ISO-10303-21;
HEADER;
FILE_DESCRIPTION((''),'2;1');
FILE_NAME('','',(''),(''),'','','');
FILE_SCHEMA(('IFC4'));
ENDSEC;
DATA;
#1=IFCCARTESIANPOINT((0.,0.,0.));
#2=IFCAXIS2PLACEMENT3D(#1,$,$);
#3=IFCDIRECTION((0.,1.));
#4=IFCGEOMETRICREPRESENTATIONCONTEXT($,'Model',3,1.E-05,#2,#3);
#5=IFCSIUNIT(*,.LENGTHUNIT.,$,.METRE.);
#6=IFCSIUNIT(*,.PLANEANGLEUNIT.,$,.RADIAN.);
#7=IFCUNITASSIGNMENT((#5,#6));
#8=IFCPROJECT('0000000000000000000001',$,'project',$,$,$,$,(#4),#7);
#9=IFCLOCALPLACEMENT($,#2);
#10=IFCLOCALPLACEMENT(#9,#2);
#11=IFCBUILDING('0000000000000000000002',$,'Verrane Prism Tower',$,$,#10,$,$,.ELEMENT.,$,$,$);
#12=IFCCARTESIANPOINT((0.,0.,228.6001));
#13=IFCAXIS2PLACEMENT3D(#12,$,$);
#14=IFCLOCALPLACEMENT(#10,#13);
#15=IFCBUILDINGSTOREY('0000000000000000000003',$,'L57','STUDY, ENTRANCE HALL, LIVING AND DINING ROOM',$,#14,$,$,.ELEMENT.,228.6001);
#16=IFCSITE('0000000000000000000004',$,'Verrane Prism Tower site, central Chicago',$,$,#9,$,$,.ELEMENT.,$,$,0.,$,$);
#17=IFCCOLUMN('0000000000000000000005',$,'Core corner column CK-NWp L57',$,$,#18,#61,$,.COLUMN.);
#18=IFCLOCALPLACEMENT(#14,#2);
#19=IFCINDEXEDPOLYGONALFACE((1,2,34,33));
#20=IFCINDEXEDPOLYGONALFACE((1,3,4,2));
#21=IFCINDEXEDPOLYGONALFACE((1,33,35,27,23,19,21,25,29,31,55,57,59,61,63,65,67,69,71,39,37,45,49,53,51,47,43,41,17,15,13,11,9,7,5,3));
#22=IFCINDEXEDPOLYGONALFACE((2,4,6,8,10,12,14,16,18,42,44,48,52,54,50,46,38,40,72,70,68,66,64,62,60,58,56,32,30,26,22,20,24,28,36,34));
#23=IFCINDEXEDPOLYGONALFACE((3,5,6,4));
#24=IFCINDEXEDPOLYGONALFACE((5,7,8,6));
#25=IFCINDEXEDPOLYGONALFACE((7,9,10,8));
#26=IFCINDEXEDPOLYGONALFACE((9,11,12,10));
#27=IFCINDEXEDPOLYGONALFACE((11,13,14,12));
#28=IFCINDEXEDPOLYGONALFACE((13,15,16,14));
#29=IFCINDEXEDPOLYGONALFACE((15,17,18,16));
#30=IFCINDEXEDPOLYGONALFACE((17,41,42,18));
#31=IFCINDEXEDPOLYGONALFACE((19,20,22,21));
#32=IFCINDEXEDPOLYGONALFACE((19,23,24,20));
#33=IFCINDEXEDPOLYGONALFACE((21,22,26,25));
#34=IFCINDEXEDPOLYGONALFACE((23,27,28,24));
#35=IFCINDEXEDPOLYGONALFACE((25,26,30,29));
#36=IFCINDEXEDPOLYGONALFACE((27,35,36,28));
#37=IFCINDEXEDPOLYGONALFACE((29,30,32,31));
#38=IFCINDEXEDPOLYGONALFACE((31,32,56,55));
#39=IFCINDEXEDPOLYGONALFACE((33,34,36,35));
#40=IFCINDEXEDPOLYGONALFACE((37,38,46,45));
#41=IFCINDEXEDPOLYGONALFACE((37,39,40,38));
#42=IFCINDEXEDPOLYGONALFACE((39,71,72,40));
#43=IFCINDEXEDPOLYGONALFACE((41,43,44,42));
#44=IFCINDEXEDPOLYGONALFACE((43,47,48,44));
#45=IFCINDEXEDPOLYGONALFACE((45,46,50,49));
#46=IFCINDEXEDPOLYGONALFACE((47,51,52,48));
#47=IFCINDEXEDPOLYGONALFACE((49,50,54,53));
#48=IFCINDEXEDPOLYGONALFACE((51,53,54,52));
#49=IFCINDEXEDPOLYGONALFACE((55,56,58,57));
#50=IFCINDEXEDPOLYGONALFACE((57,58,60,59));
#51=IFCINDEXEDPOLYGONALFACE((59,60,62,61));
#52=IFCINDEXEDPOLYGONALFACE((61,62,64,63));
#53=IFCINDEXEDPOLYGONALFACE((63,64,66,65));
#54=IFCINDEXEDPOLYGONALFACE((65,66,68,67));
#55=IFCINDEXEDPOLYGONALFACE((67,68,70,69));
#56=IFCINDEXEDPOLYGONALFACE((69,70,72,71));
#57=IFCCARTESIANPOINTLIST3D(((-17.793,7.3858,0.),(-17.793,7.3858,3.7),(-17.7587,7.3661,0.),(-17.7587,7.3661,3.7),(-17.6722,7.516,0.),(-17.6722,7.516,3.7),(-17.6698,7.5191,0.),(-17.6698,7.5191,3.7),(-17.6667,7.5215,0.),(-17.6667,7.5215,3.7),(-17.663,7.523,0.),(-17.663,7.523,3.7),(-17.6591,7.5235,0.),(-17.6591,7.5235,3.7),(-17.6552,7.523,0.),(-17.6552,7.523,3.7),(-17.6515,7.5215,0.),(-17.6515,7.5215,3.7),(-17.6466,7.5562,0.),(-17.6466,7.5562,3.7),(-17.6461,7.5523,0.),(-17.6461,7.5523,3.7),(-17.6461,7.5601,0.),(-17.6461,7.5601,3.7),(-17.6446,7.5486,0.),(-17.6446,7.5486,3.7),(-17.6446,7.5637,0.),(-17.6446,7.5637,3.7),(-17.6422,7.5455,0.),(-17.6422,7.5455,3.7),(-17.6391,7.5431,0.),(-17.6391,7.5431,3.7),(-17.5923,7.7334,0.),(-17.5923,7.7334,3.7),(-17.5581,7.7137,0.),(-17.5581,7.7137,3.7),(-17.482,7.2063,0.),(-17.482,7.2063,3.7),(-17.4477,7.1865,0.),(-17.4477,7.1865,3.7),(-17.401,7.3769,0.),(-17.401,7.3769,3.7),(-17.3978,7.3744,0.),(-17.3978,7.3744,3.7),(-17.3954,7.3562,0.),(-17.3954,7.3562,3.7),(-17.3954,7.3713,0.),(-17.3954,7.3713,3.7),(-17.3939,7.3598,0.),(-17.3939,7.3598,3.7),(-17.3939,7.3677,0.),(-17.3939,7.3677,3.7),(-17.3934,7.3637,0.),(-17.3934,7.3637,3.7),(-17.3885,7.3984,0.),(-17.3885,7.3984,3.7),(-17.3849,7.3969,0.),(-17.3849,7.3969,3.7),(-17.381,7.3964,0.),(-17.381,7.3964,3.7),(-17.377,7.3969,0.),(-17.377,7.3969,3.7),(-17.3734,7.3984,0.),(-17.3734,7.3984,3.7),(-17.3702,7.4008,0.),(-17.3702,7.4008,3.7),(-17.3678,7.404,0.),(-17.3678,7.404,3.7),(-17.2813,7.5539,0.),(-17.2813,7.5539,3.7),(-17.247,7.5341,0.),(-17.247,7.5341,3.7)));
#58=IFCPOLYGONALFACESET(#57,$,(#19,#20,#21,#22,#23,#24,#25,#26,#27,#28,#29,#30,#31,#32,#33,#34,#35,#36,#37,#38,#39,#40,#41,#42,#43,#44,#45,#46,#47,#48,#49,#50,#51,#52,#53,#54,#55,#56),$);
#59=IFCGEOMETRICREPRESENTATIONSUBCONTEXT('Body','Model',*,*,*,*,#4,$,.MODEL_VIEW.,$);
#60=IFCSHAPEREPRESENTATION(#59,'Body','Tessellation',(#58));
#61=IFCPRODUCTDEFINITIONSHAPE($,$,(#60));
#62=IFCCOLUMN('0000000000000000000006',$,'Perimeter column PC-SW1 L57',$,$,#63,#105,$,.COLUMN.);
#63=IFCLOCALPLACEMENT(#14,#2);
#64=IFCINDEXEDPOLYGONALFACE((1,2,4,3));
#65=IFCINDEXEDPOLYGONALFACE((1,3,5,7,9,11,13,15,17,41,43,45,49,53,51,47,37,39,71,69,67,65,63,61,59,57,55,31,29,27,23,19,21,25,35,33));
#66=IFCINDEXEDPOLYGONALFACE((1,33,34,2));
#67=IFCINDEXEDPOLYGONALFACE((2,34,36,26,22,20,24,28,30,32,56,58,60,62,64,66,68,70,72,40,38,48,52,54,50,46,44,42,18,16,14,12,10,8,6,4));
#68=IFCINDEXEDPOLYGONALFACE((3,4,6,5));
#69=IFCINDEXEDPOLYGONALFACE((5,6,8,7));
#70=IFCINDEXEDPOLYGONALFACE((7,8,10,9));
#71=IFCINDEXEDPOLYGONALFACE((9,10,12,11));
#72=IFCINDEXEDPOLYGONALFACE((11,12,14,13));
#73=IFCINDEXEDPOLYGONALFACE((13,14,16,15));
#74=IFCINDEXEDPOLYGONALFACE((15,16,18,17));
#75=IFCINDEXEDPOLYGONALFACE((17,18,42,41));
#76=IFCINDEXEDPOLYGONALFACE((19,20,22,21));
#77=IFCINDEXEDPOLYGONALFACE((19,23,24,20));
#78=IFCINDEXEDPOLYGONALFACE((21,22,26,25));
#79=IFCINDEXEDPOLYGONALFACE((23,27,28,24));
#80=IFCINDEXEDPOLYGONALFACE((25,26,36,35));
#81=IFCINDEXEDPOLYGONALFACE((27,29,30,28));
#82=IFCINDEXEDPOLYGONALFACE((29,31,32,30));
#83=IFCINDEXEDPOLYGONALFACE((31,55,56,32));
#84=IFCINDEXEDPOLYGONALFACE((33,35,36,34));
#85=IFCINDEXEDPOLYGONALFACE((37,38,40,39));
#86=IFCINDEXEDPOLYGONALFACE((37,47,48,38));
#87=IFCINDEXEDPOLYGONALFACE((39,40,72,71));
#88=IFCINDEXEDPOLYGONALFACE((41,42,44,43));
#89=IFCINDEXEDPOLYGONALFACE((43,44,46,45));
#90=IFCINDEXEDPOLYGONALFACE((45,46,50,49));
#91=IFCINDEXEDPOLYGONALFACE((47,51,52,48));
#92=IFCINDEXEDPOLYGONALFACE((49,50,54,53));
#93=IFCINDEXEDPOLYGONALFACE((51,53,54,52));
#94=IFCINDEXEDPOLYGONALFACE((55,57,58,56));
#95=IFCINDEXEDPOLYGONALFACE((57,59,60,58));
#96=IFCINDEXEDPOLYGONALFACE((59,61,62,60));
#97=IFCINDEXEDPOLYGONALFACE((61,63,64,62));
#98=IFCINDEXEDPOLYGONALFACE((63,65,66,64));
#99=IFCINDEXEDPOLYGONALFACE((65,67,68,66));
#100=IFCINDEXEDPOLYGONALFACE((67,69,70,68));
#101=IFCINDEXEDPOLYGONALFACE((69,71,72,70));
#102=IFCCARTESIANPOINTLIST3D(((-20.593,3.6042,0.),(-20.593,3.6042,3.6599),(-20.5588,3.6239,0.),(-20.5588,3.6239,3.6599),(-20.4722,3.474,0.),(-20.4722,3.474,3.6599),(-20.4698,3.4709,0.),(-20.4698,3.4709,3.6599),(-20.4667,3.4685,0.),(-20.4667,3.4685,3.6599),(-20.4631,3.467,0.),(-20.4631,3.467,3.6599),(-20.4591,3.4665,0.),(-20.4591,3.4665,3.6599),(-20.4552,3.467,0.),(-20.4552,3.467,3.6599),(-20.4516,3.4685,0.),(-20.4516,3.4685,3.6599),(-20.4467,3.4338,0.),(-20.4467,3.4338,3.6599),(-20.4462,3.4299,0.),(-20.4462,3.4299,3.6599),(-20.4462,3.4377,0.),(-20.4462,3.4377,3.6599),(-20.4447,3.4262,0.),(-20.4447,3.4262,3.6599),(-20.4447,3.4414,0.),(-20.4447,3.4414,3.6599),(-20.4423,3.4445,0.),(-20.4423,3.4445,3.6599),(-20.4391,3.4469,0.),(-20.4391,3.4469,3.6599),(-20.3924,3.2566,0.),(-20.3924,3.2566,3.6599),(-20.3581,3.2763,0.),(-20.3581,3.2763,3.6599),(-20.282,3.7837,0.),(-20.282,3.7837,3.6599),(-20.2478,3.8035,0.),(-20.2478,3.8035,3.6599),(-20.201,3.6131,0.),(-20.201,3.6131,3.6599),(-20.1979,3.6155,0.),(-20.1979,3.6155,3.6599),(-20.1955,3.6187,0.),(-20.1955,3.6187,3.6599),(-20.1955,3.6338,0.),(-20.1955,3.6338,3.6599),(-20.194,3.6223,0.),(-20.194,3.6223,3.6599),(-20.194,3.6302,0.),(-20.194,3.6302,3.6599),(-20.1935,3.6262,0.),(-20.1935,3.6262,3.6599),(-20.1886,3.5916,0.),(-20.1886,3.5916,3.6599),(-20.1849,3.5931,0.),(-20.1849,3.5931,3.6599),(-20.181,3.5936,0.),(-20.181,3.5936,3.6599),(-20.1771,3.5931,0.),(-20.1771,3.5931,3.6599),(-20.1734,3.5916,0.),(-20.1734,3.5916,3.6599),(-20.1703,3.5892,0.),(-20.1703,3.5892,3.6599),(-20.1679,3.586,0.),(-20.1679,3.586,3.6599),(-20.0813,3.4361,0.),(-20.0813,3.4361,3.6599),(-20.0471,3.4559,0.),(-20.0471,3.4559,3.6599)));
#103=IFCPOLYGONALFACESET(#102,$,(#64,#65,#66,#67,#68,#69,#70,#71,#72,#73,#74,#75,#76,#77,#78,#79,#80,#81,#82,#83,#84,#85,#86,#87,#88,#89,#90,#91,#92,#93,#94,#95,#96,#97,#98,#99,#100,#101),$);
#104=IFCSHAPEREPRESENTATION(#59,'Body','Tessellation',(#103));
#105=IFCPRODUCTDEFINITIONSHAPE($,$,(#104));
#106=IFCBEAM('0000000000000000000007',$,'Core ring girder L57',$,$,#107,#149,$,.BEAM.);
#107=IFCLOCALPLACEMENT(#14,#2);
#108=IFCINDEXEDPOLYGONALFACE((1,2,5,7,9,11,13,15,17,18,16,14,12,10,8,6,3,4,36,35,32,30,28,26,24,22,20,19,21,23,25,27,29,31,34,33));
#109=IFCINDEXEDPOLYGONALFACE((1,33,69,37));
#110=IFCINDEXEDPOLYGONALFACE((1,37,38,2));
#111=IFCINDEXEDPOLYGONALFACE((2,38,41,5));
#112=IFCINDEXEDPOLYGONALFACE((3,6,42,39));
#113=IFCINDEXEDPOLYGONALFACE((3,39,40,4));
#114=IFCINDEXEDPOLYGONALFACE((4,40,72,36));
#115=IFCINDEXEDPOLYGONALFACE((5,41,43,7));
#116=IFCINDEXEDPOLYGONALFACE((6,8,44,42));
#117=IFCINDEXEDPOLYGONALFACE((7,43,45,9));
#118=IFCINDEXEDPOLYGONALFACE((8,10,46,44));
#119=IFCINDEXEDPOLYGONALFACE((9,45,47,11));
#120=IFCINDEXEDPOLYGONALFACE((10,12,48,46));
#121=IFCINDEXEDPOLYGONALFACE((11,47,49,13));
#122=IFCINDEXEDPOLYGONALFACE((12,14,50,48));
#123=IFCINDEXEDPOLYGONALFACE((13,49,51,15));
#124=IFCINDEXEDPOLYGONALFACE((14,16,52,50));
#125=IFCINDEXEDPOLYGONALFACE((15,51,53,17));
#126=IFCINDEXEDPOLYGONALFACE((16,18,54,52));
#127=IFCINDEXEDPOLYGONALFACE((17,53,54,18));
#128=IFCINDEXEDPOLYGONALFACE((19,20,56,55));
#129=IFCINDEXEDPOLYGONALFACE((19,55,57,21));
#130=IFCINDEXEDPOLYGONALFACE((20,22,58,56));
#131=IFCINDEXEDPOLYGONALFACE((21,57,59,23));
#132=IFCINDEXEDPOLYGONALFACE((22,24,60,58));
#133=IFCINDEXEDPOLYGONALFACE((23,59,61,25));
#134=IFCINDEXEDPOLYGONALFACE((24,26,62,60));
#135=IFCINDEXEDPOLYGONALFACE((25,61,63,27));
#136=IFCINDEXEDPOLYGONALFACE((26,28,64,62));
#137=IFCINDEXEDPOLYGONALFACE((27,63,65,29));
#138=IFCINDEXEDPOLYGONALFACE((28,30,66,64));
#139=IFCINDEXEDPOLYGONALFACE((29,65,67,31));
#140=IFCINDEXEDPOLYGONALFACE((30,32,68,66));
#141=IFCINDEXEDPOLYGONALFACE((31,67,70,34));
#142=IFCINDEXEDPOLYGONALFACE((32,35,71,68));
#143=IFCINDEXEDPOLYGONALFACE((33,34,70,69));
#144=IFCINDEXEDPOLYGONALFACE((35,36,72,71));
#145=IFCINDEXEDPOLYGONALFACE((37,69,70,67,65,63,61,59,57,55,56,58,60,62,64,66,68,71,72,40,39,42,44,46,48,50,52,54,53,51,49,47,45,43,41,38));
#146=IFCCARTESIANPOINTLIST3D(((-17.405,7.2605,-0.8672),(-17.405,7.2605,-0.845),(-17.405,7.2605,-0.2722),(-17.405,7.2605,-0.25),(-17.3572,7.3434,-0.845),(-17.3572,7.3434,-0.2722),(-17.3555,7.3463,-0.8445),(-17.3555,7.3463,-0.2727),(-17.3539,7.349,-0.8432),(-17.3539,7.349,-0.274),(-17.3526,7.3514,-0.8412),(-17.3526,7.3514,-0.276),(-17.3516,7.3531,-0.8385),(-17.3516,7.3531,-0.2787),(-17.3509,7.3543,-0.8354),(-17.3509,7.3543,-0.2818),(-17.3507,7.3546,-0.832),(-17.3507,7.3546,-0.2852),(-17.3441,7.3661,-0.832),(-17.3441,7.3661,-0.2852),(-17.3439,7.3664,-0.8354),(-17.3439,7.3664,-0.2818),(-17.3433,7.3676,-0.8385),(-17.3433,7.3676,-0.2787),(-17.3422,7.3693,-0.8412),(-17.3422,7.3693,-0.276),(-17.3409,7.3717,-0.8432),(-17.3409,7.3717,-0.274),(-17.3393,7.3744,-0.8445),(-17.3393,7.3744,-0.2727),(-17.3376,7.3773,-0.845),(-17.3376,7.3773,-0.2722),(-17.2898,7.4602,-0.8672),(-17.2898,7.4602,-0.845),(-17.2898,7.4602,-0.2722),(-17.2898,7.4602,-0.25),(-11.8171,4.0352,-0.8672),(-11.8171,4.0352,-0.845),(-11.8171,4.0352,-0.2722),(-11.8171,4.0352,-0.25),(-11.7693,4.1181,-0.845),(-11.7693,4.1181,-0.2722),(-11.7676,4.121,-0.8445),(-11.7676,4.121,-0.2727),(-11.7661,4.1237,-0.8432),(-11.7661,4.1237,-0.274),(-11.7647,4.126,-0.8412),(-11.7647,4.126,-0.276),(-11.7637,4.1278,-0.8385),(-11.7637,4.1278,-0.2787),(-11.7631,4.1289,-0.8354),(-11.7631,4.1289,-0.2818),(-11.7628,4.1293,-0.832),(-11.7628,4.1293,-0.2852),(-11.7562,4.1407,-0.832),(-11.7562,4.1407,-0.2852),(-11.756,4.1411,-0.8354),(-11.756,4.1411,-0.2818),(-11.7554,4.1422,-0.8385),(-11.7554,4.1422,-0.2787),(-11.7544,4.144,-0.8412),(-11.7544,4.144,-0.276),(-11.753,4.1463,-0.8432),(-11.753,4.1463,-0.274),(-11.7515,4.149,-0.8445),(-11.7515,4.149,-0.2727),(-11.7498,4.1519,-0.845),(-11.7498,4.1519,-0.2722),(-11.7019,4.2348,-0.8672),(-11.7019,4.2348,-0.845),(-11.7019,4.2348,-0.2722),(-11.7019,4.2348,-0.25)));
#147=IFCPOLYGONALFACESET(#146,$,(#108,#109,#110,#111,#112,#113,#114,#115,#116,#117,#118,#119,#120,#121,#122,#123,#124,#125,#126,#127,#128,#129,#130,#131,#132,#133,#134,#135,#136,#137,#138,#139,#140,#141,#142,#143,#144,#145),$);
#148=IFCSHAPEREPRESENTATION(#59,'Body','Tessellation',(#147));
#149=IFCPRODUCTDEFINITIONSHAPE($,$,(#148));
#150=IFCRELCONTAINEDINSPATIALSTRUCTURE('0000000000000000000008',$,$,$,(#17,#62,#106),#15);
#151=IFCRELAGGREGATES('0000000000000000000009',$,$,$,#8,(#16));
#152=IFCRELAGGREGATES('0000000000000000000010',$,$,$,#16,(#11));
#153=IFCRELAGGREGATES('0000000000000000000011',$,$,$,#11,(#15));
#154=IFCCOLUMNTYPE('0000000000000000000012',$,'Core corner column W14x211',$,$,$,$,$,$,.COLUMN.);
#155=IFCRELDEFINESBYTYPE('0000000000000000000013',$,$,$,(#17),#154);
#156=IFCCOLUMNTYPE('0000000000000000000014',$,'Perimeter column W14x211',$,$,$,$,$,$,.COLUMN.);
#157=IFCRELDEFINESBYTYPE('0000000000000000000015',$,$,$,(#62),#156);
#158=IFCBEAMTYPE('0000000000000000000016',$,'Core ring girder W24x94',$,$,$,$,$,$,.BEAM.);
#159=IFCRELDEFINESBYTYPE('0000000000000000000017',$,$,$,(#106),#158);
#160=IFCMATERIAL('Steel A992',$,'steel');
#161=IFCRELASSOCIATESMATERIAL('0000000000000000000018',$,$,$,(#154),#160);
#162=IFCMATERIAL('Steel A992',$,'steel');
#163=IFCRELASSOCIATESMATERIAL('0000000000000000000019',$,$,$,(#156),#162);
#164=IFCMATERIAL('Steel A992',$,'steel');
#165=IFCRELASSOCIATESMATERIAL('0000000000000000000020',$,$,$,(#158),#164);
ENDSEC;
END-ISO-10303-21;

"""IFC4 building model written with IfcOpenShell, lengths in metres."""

from ifc_helpers import new_model, si_unit, direction, frame, origin, origin_2d, place, context, subcontext, project, spatial, i_section, extrude, material, material_profile, profile_set, type_object, element, save


model = new_model("IFC4")

# Units and contexts
model_context = context("Model", 3, precision=1e-05, world=origin(), true_north=direction((0.0, 1.0)))
body_context = subcontext(model_context, "Body", "Model", "MODEL_VIEW")
ifc_project = project(units=[si_unit("LENGTHUNIT", "METRE"), si_unit("PLANEANGLEUNIT", "RADIAN")], contexts=[model_context])

# Site, building, storey
site_placement = place(None, origin())
site = spatial("IfcSite", under=ifc_project, at=site_placement, Name="Verrane Prism Tower site, central Chicago", CompositionType="ELEMENT", RefElevation=0.0)
building_placement = place(site_placement, origin())
building = spatial("IfcBuilding", under=site, at=building_placement, Name="Verrane Prism Tower", CompositionType="ELEMENT")
storey_placement = place(building_placement, frame((0.0, 0.0, 228.6001)))
storey = spatial("IfcBuildingStorey", under=building, at=storey_placement, Name="L57", Description="STUDY, ENTRANCE HALL, LIVING AND DINING ROOM", CompositionType="ELEMENT", Elevation=228.6001)

# Columns
ifc_material_1 = material(Name="Steel A992", Category="steel")
ifc_material_profile_1 = material_profile(ifc_material_1, i_section(OverallWidth=0.4014, OverallDepth=0.3987, WebThickness=0.0249, FlangeThickness=0.0396, FilletRadius=0.0151, at=origin_2d()), Name="W14x211")
ifc_profile_set_1 = profile_set([ifc_material_profile_1], Name="Steel A992")
column_type_1 = type_object("IfcColumnType", Name="Core corner column W14x211", PredefinedType="COLUMN", material=ifc_profile_set_1)
column_1_placement = place(storey_placement, frame((-17.52, 7.46, 0.0), z_axis=(0.0, 0.0, 1.0), x_axis=(0.5, 0.866025, 0.0)))
element("IfcColumn", 1, at=column_1_placement, inside=storey, type_object=column_type_1, Name="Core corner column CK-NWp L57", PredefinedType="COLUMN", context=body_context, shape_type="SweptSolid", body=[
    extrude(i_section(OverallWidth=0.4014, OverallDepth=0.3987, WebThickness=0.0249, FlangeThickness=0.0396, FilletRadius=0.0151, at=origin_2d()), origin(), (0.0, 0.0, 1.0), 3.7),
])
ifc_material_2 = material(Name="Steel A992", Category="steel")
ifc_material_profile_2 = material_profile(ifc_material_2, i_section(OverallWidth=0.4014, OverallDepth=0.3987, WebThickness=0.0249, FlangeThickness=0.0396, FilletRadius=0.0151, at=origin_2d()), Name="W14x211")
ifc_profile_set_2 = profile_set([ifc_material_profile_2], Name="Steel A992")
column_type_2 = type_object("IfcColumnType", Name="Perimeter column W14x211", PredefinedType="COLUMN", material=ifc_profile_set_2)
column_2_placement = place(storey_placement, frame((-20.3201, 3.53, 0.0), z_axis=(0.0, 0.0, 1.0), x_axis=(-0.5, 0.866025, 0.0)))
element("IfcColumn", 2, at=column_2_placement, inside=storey, type_object=column_type_2, Name="Perimeter column PC-SW1 L57", PredefinedType="COLUMN", context=body_context, shape_type="SweptSolid", body=[
    extrude(i_section(OverallWidth=0.4014, OverallDepth=0.3987, WebThickness=0.0249, FlangeThickness=0.0396, FilletRadius=0.0151, at=origin_2d()), origin(), (0.0, 0.0, 1.0), 3.6599),
])

# Beam
ifc_material_3 = material(Name="Steel A992", Category="steel")
ifc_material_profile_3 = material_profile(ifc_material_3, i_section(OverallWidth=0.2305, OverallDepth=0.6172, WebThickness=0.0132, FlangeThickness=0.0222, FilletRadius=0.0129, at=origin_2d()), Name="W24x94")
ifc_profile_set_3 = profile_set([ifc_material_profile_3], Name="Steel A992")
beam_type_1 = type_object("IfcBeamType", Name="Core ring girder W24x94", PredefinedType="BEAM", material=ifc_profile_set_3)
beam_1_placement = place(storey_placement, frame((-17.3474, 7.3604, -0.5586), z_axis=(0.866081, -0.499904, 0.0), x_axis=(0.499904, 0.866081, 0.0)))
element("IfcBeam", 3, at=beam_1_placement, inside=storey, type_object=beam_type_1, Name="Core ring girder L57", PredefinedType="BEAM", context=body_context, shape_type="SweptSolid", body=[
    extrude(i_section(OverallWidth=0.2305, OverallDepth=0.6172, WebThickness=0.0132, FlangeThickness=0.0222, FilletRadius=0.0129, at=origin_2d()), origin(), (0.0, 0.0, 1.0), 6.4519),
])

save(model, "model.ifc")
